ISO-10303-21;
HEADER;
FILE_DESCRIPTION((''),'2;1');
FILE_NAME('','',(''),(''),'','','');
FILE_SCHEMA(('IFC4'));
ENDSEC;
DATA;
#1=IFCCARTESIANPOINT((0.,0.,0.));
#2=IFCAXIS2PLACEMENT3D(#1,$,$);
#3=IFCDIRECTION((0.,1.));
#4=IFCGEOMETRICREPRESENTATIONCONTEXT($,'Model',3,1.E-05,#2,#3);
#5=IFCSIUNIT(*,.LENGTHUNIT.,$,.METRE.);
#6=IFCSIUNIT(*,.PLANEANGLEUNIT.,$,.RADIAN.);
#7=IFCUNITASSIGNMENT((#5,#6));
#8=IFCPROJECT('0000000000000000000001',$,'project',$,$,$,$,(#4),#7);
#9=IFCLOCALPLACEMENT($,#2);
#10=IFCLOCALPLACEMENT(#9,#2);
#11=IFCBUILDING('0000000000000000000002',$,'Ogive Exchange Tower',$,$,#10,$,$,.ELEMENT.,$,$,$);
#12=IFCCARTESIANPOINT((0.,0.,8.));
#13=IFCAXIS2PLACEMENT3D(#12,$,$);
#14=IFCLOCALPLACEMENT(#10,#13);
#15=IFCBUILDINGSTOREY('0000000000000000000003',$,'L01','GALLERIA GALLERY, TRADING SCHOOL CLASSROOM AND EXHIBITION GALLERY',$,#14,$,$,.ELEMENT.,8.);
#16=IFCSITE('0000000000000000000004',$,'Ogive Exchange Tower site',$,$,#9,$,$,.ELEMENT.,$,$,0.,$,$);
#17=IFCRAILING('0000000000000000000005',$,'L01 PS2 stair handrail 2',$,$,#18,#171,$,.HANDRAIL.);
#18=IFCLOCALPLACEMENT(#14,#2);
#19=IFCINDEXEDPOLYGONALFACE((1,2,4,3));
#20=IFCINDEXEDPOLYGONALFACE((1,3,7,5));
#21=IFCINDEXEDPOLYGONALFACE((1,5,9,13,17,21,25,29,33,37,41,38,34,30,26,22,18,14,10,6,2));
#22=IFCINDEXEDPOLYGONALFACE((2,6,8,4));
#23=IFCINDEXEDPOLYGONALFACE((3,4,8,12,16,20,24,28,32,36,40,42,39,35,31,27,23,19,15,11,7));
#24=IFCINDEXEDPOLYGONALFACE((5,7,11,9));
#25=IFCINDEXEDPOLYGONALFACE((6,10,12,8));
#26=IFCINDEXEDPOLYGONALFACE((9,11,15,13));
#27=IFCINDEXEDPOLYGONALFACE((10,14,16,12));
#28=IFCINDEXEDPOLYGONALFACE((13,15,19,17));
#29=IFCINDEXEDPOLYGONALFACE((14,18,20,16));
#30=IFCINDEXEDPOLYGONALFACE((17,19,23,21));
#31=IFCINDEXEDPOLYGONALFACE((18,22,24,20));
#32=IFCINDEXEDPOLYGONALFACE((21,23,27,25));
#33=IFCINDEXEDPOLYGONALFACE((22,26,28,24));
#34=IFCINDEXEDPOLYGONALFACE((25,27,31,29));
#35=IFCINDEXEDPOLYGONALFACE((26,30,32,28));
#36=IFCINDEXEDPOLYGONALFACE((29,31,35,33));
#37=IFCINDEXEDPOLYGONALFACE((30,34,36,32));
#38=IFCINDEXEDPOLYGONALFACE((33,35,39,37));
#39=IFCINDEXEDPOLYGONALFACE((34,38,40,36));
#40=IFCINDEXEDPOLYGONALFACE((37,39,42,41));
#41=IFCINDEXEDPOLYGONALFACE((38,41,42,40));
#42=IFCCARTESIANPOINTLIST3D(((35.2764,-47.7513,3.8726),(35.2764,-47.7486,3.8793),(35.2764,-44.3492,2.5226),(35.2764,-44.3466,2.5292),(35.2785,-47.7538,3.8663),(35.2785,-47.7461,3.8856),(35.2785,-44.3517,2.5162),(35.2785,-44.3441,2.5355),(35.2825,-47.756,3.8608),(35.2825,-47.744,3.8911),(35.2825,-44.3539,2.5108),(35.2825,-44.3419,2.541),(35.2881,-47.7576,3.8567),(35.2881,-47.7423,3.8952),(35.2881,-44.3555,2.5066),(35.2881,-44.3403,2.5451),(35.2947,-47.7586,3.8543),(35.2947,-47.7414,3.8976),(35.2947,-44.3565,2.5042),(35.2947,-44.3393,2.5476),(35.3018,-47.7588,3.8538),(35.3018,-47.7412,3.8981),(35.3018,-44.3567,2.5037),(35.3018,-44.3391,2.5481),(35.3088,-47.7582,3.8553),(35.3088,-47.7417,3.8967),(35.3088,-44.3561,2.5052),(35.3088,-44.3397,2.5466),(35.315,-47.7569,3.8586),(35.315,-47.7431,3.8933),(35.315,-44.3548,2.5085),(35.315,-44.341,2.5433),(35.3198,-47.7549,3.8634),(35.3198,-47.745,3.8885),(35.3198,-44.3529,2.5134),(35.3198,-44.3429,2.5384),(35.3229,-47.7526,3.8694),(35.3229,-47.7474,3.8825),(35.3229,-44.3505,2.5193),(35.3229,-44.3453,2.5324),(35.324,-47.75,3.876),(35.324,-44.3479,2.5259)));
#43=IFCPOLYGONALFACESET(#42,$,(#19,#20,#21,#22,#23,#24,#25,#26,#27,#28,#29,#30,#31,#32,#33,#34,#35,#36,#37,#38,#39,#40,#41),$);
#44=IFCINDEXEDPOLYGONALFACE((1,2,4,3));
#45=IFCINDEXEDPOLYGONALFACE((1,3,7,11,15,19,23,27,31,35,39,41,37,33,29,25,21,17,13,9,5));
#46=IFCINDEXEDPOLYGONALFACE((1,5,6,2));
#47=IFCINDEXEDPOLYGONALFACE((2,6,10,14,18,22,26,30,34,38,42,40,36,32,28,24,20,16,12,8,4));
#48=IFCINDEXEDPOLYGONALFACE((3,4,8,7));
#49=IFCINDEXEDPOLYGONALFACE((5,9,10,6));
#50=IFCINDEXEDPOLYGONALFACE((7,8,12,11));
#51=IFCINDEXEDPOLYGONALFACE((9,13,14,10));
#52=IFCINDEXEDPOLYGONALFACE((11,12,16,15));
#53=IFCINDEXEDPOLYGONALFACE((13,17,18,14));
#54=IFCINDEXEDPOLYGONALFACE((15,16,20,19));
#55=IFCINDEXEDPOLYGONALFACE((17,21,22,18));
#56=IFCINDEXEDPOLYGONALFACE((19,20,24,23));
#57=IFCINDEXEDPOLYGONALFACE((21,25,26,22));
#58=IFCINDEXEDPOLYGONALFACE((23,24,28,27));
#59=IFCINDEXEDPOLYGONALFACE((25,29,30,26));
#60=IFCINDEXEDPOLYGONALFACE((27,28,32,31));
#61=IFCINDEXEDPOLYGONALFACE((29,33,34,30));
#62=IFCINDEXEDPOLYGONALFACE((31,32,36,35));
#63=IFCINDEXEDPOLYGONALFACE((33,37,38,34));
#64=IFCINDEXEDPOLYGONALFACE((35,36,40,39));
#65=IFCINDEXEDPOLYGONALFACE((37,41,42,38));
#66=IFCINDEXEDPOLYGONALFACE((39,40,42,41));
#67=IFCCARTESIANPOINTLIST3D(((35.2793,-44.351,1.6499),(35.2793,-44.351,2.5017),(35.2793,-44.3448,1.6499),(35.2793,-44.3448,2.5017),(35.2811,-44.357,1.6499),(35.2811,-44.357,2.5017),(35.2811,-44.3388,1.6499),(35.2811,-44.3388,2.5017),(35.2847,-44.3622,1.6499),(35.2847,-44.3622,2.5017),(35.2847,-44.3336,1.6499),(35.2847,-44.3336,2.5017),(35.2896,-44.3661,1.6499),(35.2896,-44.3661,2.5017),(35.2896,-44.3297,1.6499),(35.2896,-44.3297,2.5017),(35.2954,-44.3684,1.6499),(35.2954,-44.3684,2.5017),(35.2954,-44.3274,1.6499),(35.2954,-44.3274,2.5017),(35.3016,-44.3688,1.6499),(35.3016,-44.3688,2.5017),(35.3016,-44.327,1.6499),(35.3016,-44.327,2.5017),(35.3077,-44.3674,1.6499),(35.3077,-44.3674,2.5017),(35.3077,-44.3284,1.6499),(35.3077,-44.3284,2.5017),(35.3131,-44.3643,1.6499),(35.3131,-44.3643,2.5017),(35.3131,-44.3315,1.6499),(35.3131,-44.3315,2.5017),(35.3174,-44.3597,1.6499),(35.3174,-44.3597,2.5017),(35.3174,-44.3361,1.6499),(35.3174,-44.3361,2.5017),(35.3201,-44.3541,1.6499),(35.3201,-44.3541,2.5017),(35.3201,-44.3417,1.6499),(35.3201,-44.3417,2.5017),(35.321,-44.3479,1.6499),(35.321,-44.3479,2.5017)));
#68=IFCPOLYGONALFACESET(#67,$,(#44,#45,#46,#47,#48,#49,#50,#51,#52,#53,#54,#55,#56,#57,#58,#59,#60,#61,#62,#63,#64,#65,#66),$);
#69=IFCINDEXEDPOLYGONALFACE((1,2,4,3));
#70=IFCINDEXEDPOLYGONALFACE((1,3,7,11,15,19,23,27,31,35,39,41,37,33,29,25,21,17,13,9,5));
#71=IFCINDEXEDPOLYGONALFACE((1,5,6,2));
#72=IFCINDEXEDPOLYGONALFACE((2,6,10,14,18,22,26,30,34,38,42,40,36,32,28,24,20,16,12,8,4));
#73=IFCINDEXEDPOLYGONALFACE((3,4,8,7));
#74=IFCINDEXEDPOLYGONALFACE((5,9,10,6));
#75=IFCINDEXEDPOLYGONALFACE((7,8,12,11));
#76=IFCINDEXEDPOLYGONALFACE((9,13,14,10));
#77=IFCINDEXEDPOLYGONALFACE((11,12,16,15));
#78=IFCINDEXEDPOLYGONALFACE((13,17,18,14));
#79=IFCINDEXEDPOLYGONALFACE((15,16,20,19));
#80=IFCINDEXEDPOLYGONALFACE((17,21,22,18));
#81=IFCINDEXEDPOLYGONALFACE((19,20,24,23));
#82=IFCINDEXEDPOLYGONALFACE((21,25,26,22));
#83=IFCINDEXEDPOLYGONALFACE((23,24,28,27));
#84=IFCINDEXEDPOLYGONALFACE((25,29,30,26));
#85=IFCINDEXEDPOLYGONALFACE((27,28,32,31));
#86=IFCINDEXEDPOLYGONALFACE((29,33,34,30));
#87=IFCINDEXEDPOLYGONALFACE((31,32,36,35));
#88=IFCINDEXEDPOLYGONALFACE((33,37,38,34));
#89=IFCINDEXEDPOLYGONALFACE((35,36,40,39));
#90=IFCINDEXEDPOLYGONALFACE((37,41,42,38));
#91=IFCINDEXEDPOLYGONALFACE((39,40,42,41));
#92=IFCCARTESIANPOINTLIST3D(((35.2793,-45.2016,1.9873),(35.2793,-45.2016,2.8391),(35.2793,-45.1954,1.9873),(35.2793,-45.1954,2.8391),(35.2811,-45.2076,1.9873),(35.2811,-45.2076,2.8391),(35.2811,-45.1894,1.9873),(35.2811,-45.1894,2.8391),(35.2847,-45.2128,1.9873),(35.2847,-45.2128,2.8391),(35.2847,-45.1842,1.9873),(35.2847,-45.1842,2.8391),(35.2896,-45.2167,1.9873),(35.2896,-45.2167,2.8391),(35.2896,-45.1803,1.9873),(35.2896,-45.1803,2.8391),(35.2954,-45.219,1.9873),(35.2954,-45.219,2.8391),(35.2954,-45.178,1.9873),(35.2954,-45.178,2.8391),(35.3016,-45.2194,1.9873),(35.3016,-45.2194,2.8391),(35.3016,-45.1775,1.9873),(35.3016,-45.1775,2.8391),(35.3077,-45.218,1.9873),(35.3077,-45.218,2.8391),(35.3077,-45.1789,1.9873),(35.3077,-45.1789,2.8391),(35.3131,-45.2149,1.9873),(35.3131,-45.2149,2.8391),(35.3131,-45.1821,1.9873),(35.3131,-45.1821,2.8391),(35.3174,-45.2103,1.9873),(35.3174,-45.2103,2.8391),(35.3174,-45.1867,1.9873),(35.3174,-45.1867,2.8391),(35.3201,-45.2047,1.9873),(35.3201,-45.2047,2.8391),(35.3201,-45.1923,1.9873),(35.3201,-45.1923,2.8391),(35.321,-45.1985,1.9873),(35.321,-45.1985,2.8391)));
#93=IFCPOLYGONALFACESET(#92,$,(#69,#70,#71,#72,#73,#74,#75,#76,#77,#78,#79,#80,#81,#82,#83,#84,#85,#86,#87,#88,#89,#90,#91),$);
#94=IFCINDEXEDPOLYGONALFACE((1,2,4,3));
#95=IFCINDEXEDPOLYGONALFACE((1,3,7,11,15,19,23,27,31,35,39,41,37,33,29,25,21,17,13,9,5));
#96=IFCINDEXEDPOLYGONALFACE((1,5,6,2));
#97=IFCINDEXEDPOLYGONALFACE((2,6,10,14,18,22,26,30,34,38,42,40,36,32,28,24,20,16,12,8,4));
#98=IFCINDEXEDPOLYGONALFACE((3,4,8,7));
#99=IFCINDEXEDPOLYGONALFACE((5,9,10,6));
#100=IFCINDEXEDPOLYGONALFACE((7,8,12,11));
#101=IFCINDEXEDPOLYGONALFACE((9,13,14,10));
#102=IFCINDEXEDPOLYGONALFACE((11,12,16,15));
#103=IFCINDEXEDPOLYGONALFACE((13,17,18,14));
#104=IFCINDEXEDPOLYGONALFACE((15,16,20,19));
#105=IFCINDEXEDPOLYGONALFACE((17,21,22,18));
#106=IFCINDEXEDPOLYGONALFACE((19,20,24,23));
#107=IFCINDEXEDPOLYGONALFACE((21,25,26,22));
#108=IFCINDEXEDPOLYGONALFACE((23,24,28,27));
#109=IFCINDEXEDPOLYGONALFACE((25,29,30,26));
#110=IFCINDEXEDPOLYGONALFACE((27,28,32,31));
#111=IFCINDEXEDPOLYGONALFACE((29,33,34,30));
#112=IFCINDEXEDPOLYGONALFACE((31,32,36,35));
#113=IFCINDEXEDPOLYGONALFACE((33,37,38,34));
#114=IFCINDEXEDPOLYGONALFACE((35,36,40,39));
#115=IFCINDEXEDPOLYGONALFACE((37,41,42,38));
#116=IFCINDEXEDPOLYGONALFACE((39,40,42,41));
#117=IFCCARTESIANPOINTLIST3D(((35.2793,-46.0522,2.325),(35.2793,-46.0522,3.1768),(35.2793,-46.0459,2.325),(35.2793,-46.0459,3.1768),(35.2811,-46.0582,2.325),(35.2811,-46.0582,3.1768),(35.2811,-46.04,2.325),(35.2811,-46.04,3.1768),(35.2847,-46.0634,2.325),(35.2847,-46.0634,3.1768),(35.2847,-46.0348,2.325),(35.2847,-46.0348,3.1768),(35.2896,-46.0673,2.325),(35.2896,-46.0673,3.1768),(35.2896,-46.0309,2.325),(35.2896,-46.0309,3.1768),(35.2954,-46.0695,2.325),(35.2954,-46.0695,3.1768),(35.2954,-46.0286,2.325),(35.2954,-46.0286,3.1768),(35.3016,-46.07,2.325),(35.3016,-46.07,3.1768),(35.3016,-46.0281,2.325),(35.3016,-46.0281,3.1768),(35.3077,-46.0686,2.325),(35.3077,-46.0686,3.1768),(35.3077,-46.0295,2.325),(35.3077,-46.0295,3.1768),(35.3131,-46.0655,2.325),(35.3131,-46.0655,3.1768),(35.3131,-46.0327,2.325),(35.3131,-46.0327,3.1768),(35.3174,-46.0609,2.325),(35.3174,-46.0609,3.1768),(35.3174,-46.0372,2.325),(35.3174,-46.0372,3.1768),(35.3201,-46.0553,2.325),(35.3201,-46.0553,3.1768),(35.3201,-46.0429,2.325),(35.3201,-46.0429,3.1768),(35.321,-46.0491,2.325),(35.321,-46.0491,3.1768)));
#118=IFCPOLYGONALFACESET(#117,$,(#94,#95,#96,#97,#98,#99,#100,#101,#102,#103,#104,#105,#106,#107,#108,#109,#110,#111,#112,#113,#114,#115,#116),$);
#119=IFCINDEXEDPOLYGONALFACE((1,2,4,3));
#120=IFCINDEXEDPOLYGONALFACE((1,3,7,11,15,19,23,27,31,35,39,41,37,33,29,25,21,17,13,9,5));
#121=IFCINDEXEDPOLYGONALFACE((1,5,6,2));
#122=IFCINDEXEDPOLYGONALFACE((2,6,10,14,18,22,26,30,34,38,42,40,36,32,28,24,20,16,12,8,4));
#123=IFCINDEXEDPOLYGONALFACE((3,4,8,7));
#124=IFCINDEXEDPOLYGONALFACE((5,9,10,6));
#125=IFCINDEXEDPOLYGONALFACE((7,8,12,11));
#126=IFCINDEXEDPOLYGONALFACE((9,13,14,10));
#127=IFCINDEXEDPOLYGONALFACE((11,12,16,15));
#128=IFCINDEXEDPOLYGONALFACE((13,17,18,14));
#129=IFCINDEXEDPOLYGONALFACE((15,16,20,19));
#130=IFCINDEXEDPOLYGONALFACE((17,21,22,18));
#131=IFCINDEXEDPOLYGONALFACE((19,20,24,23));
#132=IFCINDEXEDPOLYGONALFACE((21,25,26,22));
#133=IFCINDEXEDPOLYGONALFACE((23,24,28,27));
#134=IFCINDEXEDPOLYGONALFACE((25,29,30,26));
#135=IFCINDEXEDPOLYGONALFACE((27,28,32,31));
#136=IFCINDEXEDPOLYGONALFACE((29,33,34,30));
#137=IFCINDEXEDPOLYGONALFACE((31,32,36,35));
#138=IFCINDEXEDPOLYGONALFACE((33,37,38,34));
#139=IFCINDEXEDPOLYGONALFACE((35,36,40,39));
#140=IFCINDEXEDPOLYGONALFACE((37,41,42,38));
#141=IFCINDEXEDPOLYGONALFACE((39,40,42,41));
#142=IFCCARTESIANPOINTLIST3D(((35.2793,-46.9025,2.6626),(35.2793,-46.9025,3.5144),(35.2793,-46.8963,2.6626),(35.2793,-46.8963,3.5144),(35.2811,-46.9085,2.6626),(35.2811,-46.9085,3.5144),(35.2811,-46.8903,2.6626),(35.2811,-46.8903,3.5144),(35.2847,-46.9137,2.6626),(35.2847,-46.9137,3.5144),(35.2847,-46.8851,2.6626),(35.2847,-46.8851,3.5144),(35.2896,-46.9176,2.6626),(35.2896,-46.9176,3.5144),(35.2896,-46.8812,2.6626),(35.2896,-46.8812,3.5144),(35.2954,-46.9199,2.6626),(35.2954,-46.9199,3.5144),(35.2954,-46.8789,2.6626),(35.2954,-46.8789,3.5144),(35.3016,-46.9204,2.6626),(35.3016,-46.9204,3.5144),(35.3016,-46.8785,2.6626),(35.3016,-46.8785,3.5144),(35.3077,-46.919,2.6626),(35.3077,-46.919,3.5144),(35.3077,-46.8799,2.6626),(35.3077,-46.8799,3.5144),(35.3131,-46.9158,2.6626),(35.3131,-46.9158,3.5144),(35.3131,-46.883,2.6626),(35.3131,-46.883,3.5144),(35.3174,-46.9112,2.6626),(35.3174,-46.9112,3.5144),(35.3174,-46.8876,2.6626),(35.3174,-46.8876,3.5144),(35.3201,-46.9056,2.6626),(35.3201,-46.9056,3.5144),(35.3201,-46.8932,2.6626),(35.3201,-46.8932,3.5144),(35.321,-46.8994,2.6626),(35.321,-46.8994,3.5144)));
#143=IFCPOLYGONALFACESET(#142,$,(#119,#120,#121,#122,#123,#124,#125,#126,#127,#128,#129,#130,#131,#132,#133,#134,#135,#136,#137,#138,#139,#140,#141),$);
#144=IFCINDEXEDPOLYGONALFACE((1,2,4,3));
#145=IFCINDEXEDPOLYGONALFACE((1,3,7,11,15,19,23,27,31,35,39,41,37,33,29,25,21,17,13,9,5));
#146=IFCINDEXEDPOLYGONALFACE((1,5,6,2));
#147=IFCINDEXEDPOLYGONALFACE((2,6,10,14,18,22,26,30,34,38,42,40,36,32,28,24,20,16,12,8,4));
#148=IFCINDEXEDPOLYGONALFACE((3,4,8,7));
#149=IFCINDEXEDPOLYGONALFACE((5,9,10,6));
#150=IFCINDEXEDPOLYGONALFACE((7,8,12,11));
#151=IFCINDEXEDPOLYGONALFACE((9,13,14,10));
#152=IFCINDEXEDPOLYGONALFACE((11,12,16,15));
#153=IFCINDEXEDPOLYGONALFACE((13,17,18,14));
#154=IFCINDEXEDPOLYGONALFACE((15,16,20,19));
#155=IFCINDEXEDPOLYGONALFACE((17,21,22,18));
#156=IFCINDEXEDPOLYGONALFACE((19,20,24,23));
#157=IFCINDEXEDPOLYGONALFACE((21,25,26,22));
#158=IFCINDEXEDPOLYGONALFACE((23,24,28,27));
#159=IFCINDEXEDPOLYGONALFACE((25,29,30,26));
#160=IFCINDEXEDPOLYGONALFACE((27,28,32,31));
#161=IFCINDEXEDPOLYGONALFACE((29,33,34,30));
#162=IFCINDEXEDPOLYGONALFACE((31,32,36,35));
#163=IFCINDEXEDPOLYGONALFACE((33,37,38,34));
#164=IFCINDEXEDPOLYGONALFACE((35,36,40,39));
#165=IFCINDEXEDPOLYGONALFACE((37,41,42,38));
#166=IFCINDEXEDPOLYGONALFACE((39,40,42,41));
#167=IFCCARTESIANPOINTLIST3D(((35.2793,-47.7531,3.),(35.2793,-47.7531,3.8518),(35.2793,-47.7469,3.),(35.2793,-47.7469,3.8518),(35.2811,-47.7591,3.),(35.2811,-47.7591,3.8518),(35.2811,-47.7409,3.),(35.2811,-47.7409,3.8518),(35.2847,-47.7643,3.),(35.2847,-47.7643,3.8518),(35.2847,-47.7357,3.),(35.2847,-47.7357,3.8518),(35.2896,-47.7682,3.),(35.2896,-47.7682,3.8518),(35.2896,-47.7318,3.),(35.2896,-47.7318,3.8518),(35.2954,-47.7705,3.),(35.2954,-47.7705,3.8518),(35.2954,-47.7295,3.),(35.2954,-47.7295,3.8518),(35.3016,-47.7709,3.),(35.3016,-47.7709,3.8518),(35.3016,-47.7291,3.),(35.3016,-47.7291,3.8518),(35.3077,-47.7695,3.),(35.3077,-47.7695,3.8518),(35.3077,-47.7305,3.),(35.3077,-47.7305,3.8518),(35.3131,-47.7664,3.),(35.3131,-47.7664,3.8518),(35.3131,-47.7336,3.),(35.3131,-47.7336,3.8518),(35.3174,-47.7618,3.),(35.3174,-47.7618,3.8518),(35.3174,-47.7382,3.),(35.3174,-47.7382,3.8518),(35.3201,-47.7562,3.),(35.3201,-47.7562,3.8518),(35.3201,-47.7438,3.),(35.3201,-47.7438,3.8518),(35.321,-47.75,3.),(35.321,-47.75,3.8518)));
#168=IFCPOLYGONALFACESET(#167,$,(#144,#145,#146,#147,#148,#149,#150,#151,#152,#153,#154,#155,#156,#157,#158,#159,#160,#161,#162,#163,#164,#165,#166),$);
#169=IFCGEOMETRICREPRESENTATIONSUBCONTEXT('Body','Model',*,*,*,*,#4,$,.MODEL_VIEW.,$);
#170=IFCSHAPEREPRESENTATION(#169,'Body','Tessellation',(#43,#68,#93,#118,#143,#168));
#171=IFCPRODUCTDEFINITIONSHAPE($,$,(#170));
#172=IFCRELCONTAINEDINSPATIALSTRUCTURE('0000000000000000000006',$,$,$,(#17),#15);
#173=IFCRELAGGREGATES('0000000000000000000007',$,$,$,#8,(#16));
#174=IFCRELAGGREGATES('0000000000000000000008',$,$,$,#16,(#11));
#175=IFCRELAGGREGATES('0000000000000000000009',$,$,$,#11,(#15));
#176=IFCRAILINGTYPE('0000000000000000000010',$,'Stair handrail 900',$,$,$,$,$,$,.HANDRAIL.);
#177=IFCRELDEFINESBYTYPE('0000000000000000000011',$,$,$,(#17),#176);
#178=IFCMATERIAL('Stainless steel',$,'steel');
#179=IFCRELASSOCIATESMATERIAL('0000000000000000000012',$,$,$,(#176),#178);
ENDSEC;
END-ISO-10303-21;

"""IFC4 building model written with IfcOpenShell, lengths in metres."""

from ifc_helpers import new_model, si_unit, direction, frame, origin, origin_2d, place, context, subcontext, project, spatial, circle, extrude, material, type_object, element, save


model = new_model("IFC4")

# Units and contexts
model_context = context("Model", 3, precision=1e-05, world=origin(), true_north=direction((0.0, 1.0)))
body_context = subcontext(model_context, "Body", "Model", "MODEL_VIEW")
ifc_project = project(units=[si_unit("LENGTHUNIT", "METRE"), si_unit("PLANEANGLEUNIT", "RADIAN")], contexts=[model_context])

# Site, building, storey
site_placement = place(None, origin())
site = spatial("IfcSite", under=ifc_project, at=site_placement, Name="Ogive Exchange Tower site", CompositionType="ELEMENT", RefElevation=0.0)
building_placement = place(site_placement, origin())
building = spatial("IfcBuilding", under=site, at=building_placement, Name="Ogive Exchange Tower", CompositionType="ELEMENT")
storey_placement = place(building_placement, frame((0.0, 0.0, 8.0)))
storey = spatial("IfcBuildingStorey", under=building, at=storey_placement, Name="L01", Description="GALLERIA GALLERY, TRADING SCHOOL CLASSROOM AND EXHIBITION GALLERY", CompositionType="ELEMENT", Elevation=8.0)

# Railing
ifc_material_1 = material(Name="Stainless steel", Category="steel")
railing_type = type_object("IfcRailingType", Name="Stair handrail 900", PredefinedType="HANDRAIL", material=ifc_material_1)
railing_1_placement = place(storey_placement, frame((35.3, -44.3479, 1.6499)))
element("IfcRailing", 1, at=railing_1_placement, inside=storey, type_object=railing_type, Name="L01 PS2 stair handrail 2", PredefinedType="HANDRAIL", context=body_context, shape_type="SweptSolid", body=[
    extrude(circle(Radius=0.0239, at=origin_2d()), frame((0.0, 0.0, 0.876), z_axis=(0.0, -0.929485, 0.368859), x_axis=(1.0, 0.0, 0.0)), (0.0, 0.0, 1.0), 3.6602),
    extrude(circle(Radius=0.021, at=origin_2d()), origin(), (0.0, 0.0, 1.0), 0.8518),
    extrude(circle(Radius=0.021, at=origin_2d()), frame((0.0, -0.8506, 0.3374)), (0.0, 0.0, 1.0), 0.8518),
    extrude(circle(Radius=0.021, at=origin_2d()), frame((0.0, -1.7012, 0.675)), (0.0, 0.0, 1.0), 0.8518),
    extrude(circle(Radius=0.021, at=origin_2d()), frame((0.0, -2.5515, 1.0127)), (0.0, 0.0, 1.0), 0.8518),
    extrude(circle(Radius=0.021, at=origin_2d()), frame((0.0, -3.4021, 1.3501)), (0.0, 0.0, 1.0), 0.8518),
])

save(model, "model.ifc")
